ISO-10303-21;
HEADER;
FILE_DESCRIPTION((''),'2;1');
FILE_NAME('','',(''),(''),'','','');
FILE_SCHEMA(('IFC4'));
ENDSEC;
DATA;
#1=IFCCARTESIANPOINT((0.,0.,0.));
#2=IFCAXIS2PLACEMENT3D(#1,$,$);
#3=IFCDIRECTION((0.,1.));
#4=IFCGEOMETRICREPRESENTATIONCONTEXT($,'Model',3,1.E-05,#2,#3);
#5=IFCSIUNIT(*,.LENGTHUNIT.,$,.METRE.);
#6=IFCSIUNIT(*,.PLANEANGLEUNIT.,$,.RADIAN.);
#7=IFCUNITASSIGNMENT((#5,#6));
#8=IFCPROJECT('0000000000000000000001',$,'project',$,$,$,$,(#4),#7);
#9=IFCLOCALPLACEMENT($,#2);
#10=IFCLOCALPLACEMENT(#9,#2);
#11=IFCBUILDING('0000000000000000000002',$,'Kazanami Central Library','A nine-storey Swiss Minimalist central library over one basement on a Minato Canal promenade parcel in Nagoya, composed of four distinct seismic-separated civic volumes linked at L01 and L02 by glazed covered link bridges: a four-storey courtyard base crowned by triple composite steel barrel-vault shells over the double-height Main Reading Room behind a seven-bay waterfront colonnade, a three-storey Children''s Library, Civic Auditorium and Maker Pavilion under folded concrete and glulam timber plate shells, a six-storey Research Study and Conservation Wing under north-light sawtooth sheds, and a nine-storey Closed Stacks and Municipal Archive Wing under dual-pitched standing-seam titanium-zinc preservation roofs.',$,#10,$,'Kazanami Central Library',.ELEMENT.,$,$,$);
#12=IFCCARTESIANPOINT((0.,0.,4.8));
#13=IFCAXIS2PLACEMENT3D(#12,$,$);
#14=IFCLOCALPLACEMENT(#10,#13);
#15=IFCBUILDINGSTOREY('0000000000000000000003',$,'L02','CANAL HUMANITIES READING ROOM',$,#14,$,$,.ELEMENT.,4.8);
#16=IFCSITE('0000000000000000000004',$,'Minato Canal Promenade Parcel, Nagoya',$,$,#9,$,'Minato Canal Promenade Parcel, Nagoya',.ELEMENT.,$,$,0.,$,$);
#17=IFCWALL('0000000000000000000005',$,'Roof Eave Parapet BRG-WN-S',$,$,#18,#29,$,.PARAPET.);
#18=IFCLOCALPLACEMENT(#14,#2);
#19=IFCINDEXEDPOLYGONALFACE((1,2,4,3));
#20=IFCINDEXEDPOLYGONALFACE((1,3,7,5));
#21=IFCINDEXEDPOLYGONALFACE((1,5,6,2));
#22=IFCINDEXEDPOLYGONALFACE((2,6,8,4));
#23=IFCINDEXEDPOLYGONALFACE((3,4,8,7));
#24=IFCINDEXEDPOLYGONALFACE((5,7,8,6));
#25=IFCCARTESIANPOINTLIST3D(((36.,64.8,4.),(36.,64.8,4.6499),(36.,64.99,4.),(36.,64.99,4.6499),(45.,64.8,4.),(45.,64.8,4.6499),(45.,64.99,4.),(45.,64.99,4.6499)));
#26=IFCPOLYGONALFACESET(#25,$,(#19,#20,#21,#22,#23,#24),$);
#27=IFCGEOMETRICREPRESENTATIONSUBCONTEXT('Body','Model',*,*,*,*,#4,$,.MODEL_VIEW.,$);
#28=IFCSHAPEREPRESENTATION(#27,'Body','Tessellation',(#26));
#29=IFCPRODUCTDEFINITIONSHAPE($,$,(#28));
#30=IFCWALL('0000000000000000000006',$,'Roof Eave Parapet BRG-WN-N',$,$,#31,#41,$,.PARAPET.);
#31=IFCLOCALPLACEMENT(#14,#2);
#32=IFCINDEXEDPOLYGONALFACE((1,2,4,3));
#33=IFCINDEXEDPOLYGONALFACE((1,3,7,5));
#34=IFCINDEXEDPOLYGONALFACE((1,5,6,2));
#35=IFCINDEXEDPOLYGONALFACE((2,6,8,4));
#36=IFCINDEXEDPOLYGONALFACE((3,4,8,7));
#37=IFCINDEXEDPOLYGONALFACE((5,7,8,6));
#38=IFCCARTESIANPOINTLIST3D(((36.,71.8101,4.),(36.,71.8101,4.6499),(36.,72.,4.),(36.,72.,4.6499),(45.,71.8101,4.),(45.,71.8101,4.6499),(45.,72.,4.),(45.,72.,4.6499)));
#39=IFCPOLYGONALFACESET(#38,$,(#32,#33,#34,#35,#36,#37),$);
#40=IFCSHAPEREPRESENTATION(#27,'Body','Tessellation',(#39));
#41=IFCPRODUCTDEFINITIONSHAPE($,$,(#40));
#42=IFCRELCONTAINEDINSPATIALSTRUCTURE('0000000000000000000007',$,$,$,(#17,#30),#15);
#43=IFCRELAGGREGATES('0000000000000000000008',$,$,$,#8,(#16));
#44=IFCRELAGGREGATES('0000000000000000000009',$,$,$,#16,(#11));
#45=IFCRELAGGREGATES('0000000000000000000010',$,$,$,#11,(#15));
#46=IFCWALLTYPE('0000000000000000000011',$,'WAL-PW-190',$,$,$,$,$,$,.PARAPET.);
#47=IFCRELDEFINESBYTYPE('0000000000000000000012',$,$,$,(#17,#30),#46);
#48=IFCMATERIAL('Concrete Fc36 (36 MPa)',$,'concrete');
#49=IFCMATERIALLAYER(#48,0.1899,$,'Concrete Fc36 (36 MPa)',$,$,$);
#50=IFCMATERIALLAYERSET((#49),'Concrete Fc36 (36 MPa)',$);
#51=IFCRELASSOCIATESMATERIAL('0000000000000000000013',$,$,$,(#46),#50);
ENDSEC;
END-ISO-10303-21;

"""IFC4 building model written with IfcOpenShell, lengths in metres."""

from ifc_helpers import new_model, si_unit, direction, frame, frame_2d, origin, place, context, subcontext, project, spatial, rectangle, extrude, material, layer, layer_set, type_object, element, save


model = new_model("IFC4")

# Units and contexts
model_context = context("Model", 3, precision=1e-05, world=origin(), true_north=direction((0.0, 1.0)))
body_context = subcontext(model_context, "Body", "Model", "MODEL_VIEW")
ifc_project = project(units=[si_unit("LENGTHUNIT", "METRE"), si_unit("PLANEANGLEUNIT", "RADIAN")], contexts=[model_context])

# Site, building, storey
site_placement = place(None, origin())
site = spatial("IfcSite", under=ifc_project, at=site_placement, Name="Minato Canal Promenade Parcel, Nagoya", LongName="Minato Canal Promenade Parcel, Nagoya", CompositionType="ELEMENT", RefElevation=0.0)
building_placement = place(site_placement, origin())
building = spatial("IfcBuilding", under=site, at=building_placement, Name="Kazanami Central Library", Description="A nine-storey Swiss Minimalist central library over one basement on a Minato Canal promenade parcel in Nagoya, composed of four distinct seismic-separated civic volumes linked at L01 and L02 by glazed covered link bridges: a four-storey courtyard base crowned by triple composite steel barrel-vault shells over the double-height Main Reading Room behind a seven-bay waterfront colonnade, a three-storey Children's Library, Civic Auditorium and Maker Pavilion under folded concrete and glulam timber plate shells, a six-storey Research Study and Conservation Wing under north-light sawtooth sheds, and a nine-storey Closed Stacks and Municipal Archive Wing under dual-pitched standing-seam titanium-zinc preservation roofs.", LongName="Kazanami Central Library", CompositionType="ELEMENT")
storey_placement = place(building_placement, frame((0.0, 0.0, 4.8)))
storey = spatial("IfcBuildingStorey", under=building, at=storey_placement, Name="L02", Description="CANAL HUMANITIES READING ROOM", CompositionType="ELEMENT", Elevation=4.8)

# Walls
ifc_material_1 = material(Name="Concrete Fc36 (36 MPa)", Category="concrete")
ifc_layer_1 = layer(ifc_material_1, 0.1899, Name="Concrete Fc36 (36 MPa)")
ifc_layer_set_1 = layer_set([ifc_layer_1], Name="Concrete Fc36 (36 MPa)")
wall_type_1 = type_object("IfcWallType", Name="WAL-PW-190", PredefinedType="PARAPET", material=ifc_layer_set_1)
for number, where, z_axis, x_axis, name in (
    (1, (36.0, 64.895, 4.0), (0.0, 0.0, 1.0), (1.0, 0.0, 0.0), "Roof Eave Parapet BRG-WN-S"),
    (2, (36.0, 71.905, 4.0), (0.0, 0.0, 1.0), (1.0, 0.0, 0.0), "Roof Eave Parapet BRG-WN-N"),
):
    element("IfcWall", number, at=place(storey_placement, frame(where, z_axis=z_axis, x_axis=x_axis)), inside=storey, type_object=wall_type_1, Name=name, PredefinedType="PARAPET", context=body_context, shape_type="SweptSolid", body=[
        extrude(rectangle(XDim=9.0, YDim=0.1899, at=frame_2d((4.5, 0.0))), origin(), (0.0, 0.0, 1.0), 0.6499),
    ])

save(model, "model.ifc")
